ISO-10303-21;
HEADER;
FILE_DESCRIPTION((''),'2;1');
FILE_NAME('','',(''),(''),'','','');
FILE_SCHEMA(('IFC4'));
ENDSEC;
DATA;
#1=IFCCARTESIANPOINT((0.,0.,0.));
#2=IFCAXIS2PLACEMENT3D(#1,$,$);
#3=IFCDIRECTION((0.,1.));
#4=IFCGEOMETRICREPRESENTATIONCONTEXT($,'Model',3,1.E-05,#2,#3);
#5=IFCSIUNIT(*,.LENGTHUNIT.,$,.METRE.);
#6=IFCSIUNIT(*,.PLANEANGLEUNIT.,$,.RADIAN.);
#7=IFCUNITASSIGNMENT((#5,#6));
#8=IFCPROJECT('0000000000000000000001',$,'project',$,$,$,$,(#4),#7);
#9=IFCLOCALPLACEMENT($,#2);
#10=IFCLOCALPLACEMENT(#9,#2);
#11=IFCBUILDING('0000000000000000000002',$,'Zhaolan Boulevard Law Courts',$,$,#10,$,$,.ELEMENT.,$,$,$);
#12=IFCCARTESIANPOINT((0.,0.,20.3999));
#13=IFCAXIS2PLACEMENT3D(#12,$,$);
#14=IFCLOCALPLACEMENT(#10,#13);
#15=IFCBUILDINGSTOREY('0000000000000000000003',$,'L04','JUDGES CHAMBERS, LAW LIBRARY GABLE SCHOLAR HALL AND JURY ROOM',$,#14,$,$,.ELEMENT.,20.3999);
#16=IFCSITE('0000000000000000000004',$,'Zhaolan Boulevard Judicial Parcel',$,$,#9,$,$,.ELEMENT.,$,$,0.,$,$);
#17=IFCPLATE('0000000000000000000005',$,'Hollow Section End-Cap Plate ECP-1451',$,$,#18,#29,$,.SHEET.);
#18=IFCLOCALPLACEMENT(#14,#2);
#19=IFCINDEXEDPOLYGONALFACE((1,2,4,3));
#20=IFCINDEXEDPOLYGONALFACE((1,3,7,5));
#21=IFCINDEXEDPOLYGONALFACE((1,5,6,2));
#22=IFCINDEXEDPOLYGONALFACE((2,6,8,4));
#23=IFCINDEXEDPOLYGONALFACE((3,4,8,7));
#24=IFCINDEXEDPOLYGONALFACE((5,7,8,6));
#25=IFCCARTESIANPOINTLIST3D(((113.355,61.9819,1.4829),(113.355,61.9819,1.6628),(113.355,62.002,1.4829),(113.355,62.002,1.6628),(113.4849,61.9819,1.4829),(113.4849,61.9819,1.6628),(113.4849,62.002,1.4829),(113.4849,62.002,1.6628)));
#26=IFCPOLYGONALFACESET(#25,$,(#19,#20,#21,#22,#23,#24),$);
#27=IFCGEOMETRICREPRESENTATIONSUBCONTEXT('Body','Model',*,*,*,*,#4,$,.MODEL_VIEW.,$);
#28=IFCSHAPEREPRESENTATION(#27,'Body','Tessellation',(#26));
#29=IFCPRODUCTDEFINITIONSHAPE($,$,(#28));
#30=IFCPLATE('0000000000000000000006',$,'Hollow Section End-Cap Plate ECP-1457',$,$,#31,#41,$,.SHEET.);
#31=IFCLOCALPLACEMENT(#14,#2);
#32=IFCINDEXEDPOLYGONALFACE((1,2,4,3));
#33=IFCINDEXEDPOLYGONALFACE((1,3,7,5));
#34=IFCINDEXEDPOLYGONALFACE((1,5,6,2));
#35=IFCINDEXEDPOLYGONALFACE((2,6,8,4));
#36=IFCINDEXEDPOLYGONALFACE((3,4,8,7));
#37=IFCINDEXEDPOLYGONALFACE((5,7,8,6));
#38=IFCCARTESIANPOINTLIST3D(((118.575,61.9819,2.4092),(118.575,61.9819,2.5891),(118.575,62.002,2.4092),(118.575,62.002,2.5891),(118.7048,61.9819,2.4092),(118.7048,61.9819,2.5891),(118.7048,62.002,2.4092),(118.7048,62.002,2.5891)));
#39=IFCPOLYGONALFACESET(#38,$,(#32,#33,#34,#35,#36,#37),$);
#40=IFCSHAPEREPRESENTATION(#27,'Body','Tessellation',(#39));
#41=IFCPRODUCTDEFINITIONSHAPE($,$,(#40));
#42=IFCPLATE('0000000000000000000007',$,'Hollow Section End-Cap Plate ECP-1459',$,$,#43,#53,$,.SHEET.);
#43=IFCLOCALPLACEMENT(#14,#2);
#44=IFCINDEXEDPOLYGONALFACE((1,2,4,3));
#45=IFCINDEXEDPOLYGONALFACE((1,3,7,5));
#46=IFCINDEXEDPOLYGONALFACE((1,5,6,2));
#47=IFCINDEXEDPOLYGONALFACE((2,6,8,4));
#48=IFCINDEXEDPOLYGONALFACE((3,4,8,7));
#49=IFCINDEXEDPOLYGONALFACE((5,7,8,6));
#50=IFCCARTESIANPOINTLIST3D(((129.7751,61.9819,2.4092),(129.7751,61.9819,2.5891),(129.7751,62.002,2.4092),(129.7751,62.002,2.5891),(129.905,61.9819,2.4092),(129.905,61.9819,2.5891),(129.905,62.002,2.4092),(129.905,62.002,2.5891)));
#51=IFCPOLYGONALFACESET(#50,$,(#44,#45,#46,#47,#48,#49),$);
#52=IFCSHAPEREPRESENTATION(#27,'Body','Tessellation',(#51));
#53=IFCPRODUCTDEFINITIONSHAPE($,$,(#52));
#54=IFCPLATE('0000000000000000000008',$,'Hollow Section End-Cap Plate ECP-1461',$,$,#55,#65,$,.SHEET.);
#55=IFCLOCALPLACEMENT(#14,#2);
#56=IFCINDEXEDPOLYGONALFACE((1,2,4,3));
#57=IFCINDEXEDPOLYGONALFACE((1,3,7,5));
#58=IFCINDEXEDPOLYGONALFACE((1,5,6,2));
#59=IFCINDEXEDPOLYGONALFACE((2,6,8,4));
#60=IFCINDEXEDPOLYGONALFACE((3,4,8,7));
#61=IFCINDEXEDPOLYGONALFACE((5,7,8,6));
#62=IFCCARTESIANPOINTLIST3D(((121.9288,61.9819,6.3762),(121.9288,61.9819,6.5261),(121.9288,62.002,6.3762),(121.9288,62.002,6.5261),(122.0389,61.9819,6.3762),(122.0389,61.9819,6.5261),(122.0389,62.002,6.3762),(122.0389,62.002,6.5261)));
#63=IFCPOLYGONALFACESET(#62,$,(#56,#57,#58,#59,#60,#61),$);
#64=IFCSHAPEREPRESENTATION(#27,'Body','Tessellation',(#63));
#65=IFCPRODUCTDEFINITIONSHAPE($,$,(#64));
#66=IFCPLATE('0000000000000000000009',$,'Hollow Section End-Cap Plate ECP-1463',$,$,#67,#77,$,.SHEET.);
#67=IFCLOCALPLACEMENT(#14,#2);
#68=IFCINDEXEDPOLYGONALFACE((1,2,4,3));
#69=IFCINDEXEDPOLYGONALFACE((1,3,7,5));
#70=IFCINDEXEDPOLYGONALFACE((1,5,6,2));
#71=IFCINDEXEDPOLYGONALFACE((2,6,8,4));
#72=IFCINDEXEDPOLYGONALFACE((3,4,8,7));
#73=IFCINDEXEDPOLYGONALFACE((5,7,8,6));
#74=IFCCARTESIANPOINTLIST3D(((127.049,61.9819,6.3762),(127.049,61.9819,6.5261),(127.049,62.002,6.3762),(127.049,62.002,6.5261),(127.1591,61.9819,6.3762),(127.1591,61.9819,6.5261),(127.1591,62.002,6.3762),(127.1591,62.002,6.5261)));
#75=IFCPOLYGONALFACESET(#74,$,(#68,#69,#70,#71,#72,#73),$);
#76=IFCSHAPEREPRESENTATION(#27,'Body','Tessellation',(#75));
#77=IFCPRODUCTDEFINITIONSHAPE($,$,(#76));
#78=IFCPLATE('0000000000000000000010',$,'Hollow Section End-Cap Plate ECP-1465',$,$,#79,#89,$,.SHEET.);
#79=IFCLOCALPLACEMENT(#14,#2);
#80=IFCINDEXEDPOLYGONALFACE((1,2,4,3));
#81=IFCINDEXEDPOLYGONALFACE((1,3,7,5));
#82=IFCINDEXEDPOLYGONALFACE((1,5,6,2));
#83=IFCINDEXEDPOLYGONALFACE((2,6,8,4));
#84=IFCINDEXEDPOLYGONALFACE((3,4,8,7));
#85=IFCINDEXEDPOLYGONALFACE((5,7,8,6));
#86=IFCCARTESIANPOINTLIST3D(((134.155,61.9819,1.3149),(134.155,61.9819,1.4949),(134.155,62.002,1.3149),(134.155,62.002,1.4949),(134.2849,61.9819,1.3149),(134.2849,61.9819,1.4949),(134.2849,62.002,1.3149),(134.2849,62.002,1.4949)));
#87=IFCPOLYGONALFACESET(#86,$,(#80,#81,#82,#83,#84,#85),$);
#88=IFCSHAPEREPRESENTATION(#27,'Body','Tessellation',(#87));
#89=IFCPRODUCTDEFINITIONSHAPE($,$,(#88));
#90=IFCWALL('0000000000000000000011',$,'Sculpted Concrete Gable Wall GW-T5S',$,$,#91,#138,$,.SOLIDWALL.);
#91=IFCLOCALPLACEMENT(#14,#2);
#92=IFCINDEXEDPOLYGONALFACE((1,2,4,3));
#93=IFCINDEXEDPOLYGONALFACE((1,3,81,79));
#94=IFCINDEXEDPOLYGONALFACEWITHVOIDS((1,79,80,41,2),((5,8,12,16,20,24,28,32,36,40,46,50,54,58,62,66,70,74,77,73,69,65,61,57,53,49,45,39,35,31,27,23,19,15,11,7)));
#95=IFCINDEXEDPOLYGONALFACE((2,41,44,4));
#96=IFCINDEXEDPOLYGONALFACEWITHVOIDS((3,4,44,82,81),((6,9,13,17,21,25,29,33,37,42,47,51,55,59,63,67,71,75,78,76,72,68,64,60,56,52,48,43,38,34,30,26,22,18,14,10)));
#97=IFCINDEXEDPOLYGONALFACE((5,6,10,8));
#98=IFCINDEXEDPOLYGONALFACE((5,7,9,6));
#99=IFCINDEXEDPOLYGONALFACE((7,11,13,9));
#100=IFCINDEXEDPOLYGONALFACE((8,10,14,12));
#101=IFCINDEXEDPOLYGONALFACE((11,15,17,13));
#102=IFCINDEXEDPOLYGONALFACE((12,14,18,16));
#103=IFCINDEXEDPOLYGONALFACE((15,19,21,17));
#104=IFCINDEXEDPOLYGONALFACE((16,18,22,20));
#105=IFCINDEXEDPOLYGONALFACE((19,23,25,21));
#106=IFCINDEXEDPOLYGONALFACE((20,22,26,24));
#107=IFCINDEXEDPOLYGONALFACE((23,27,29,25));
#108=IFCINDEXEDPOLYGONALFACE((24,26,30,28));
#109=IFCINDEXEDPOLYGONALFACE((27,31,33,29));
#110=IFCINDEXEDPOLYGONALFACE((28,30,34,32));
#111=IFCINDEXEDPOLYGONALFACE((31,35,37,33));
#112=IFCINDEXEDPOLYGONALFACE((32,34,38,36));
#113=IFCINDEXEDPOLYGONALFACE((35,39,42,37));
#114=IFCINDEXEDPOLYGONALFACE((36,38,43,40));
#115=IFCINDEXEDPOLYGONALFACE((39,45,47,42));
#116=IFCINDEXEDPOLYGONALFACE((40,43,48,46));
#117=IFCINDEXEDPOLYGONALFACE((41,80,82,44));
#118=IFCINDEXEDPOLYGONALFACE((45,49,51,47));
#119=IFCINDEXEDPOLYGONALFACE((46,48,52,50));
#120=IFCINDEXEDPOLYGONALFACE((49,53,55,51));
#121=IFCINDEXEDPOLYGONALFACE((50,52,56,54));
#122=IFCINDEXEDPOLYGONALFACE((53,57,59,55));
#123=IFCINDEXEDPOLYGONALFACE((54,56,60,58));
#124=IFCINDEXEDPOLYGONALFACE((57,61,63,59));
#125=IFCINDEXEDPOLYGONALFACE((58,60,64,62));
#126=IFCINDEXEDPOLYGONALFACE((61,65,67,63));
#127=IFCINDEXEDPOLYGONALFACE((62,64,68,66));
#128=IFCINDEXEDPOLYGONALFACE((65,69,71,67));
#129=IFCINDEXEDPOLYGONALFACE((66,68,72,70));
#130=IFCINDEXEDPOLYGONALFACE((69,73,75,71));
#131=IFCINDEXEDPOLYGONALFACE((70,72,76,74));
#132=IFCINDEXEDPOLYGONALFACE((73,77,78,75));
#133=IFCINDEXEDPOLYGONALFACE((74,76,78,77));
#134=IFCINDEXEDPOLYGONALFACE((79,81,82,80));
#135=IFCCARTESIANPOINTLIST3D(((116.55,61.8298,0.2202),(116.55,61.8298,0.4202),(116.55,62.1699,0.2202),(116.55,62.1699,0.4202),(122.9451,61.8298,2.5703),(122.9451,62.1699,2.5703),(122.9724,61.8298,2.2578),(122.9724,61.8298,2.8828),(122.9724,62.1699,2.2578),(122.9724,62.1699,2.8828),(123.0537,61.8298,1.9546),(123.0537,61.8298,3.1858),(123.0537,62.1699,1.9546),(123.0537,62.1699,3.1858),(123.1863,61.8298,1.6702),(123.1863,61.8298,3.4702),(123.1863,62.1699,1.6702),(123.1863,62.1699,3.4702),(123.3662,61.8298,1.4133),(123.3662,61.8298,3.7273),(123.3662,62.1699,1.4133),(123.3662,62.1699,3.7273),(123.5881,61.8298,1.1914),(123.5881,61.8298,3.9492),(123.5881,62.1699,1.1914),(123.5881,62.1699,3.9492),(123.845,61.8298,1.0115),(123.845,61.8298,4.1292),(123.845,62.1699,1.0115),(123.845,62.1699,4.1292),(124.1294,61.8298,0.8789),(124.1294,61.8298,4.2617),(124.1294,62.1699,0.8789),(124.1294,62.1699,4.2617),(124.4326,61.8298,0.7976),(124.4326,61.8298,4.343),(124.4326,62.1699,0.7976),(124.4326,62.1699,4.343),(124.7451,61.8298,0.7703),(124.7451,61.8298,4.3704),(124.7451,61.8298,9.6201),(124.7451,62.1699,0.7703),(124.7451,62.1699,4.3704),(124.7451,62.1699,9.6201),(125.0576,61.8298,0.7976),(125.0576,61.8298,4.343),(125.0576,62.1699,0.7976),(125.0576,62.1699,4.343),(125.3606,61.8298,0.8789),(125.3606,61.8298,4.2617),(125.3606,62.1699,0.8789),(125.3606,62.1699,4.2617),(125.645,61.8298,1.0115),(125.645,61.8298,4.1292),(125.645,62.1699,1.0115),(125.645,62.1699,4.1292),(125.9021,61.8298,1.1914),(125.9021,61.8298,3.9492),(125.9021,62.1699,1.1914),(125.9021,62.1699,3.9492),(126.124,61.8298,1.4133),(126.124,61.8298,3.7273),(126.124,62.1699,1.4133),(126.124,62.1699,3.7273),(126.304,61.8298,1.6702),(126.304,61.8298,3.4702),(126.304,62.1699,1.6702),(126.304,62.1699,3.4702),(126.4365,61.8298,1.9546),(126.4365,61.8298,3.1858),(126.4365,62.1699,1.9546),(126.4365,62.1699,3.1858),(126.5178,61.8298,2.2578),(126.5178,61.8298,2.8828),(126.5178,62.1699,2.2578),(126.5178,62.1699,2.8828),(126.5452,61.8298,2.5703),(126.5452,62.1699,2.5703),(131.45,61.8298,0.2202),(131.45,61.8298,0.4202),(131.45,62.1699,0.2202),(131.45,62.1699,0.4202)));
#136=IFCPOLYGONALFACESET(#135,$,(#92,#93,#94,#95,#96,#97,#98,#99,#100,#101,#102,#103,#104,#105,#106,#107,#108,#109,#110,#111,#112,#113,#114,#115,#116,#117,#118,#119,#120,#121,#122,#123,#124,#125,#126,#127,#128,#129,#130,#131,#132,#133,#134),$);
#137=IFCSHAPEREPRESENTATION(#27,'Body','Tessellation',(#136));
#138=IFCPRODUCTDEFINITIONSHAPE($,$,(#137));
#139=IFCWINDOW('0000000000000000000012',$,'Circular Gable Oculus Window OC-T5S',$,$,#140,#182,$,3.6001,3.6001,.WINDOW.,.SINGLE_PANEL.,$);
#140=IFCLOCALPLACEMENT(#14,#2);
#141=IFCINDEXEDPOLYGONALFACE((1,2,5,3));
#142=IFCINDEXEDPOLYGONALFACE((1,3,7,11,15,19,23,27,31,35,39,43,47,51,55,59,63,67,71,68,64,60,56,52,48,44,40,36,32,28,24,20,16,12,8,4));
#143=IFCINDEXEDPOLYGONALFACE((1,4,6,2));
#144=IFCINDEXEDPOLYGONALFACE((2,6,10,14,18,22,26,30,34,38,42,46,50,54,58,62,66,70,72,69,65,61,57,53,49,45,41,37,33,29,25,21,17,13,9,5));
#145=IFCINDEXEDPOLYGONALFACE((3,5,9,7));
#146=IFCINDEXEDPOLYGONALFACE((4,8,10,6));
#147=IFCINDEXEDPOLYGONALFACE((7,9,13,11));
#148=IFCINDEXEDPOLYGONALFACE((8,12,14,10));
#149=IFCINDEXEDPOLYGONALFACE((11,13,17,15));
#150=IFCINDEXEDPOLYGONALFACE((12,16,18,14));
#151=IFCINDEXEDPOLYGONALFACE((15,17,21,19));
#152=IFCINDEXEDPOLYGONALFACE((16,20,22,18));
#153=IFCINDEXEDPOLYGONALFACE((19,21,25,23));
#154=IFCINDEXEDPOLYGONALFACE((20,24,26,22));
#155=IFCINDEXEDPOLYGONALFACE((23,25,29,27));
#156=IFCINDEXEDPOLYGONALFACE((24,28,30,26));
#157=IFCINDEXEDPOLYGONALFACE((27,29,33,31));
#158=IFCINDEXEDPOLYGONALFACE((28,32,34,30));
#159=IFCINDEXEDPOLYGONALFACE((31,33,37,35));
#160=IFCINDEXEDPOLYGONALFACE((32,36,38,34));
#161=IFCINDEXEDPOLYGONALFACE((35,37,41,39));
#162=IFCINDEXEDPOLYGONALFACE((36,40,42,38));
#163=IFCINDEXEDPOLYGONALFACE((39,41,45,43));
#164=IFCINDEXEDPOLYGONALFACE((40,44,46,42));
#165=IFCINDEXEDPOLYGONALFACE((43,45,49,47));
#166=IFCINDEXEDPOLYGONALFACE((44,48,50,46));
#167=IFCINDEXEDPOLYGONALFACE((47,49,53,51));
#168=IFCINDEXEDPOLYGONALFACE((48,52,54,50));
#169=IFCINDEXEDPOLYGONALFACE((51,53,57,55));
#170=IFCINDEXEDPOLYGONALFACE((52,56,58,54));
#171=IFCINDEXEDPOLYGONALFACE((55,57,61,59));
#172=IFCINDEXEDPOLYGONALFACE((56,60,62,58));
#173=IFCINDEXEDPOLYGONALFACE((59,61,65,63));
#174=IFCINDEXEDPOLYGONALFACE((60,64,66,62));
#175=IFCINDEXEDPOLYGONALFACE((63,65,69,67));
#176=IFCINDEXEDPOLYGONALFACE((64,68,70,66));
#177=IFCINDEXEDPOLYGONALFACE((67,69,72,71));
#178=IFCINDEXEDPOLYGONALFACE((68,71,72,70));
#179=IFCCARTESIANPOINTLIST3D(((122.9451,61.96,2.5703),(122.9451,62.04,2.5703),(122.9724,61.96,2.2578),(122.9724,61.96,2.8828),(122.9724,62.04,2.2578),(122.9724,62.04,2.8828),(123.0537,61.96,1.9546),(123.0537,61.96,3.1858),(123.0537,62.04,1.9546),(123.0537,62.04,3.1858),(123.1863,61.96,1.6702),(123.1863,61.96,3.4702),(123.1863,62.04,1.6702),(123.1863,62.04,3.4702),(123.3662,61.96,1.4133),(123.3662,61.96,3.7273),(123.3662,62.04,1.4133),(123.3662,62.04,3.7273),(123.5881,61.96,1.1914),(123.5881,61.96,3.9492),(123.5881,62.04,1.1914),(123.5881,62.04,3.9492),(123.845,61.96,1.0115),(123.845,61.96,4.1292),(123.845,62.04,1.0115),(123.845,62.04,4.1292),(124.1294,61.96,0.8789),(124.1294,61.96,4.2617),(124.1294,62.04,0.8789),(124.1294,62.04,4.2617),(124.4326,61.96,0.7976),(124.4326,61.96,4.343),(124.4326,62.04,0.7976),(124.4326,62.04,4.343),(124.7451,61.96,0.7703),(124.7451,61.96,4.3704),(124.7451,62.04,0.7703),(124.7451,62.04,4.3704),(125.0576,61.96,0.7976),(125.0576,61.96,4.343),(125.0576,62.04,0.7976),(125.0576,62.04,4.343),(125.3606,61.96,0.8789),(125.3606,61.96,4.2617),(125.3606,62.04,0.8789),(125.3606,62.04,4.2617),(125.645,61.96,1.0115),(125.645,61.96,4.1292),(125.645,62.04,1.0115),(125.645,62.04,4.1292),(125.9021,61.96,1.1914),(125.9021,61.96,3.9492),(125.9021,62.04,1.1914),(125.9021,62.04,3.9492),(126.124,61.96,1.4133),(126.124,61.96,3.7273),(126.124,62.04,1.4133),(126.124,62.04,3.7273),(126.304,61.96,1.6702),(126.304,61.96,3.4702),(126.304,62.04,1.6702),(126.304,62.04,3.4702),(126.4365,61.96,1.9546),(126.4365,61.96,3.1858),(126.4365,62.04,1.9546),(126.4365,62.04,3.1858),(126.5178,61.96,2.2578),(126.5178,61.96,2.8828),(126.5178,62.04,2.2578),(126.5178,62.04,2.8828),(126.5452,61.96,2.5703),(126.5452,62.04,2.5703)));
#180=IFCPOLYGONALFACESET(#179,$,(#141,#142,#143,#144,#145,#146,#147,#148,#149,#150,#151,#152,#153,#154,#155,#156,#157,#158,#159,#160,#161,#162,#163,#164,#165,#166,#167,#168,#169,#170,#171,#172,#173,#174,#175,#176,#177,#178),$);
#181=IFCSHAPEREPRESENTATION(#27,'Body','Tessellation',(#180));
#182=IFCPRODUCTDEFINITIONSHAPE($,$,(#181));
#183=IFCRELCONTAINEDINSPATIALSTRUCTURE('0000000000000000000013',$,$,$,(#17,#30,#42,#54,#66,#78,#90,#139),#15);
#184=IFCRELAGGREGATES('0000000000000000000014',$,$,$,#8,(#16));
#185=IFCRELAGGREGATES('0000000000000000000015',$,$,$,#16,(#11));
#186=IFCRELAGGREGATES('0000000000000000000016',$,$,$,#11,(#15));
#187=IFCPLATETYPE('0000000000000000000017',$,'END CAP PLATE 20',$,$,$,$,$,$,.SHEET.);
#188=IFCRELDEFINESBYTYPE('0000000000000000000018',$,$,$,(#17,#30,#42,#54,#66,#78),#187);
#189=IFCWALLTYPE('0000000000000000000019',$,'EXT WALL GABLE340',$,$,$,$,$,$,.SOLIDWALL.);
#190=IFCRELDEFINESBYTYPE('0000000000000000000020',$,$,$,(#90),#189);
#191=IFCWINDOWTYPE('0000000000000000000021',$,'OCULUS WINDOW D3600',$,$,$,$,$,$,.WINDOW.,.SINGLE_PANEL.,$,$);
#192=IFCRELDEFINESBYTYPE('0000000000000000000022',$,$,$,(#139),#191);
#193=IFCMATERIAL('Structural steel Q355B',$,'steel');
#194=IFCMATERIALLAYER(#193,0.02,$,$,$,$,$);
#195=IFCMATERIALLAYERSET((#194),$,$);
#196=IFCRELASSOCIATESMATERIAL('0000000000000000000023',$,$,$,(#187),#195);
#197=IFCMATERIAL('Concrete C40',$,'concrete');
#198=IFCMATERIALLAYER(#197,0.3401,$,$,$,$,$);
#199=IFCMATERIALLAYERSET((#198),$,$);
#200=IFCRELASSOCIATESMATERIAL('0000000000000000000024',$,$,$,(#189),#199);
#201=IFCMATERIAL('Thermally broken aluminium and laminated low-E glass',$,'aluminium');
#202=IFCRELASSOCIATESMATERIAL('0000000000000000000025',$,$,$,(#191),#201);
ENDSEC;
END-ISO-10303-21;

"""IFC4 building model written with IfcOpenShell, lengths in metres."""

from ifc_helpers import new_model, si_unit, direction, frame, origin, origin_2d, place, context, subcontext, project, spatial, polyline, rectangle, outline, extrude, material, layer, layer_set, type_object, element, fill, save


model = new_model("IFC4")

# Units and contexts
model_context = context("Model", 3, precision=1e-05, world=origin(), true_north=direction((0.0, 1.0)))
body_context = subcontext(model_context, "Body", "Model", "MODEL_VIEW")
ifc_project = project(units=[si_unit("LENGTHUNIT", "METRE"), si_unit("PLANEANGLEUNIT", "RADIAN")], contexts=[model_context])

# Site, building, storey
site_placement = place(None, origin())
site = spatial("IfcSite", under=ifc_project, at=site_placement, Name="Zhaolan Boulevard Judicial Parcel", CompositionType="ELEMENT", RefElevation=0.0)
building_placement = place(site_placement, origin())
building = spatial("IfcBuilding", under=site, at=building_placement, Name="Zhaolan Boulevard Law Courts", CompositionType="ELEMENT")
storey_placement = place(building_placement, frame((0.0, 0.0, 20.3999)))
storey = spatial("IfcBuildingStorey", under=building, at=storey_placement, Name="L04", Description="JUDGES CHAMBERS, LAW LIBRARY GABLE SCHOLAR HALL AND JURY ROOM", CompositionType="ELEMENT", Elevation=20.3999)

# Plates
ifc_material_1 = material(Name="Structural steel Q355B", Category="steel")
ifc_layer_1 = layer(ifc_material_1, 0.02)
ifc_layer_set_1 = layer_set([ifc_layer_1])
plate_type = type_object("IfcPlateType", Name="END CAP PLATE 20", PredefinedType="SHEET", material=ifc_layer_set_1)
for number, where, z_axis, x_axis, name in (
    (1, (113.4199, 61.9919, 1.4829), (0.0, 0.0, 1.0), (0.0, 1.0, 0.0), "Hollow Section End-Cap Plate ECP-1451"),
    (2, (118.6399, 61.9919, 2.4092), (0.0, 0.0, 1.0), (0.0, 1.0, 0.0), "Hollow Section End-Cap Plate ECP-1457"),
    (3, (129.8401, 61.9919, 2.4092), (0.0, 0.0, 1.0), (0.0, 1.0, 0.0), "Hollow Section End-Cap Plate ECP-1459"),
):
    element("IfcPlate", number, at=place(storey_placement, frame(where, z_axis=z_axis, x_axis=x_axis)), inside=storey, type_object=plate_type, Name=name, PredefinedType="SHEET", context=body_context, shape_type="SweptSolid", body=[
        extrude(rectangle(XDim=0.02, YDim=0.1299, at=origin_2d()), origin(), (0.0, 0.0, 1.0), 0.1799),
    ])
for number, where, z_axis, x_axis, name in (
    (4, (121.9839, 61.9919, 6.3762), (0.0, 0.0, 1.0), (0.0, 1.0, 0.0), "Hollow Section End-Cap Plate ECP-1461"),
    (5, (127.104, 61.9919, 6.3762), (0.0, 0.0, 1.0), (0.0, 1.0, 0.0), "Hollow Section End-Cap Plate ECP-1463"),
):
    element("IfcPlate", number, at=place(storey_placement, frame(where, z_axis=z_axis, x_axis=x_axis)), inside=storey, type_object=plate_type, Name=name, PredefinedType="SHEET", context=body_context, shape_type="SweptSolid", body=[
        extrude(rectangle(XDim=0.02, YDim=0.1101, at=origin_2d()), origin(), (0.0, 0.0, 1.0), 0.1499),
    ])
plate_placement = place(storey_placement, frame((134.22, 61.9919, 1.3149), z_axis=(0.0, 0.0, 1.0), x_axis=(0.0, 1.0, 0.0)))
element("IfcPlate", 6, at=plate_placement, inside=storey, type_object=plate_type, Name="Hollow Section End-Cap Plate ECP-1465", PredefinedType="SHEET", context=body_context, shape_type="SweptSolid", body=[
    extrude(rectangle(XDim=0.02, YDim=0.1299, at=origin_2d()), origin(), (0.0, 0.0, 1.0), 0.1799),
])

# Wall, opening, window
ifc_material_2 = material(Name="Concrete C40", Category="concrete")
ifc_layer_2 = layer(ifc_material_2, 0.3401)
ifc_layer_set_2 = layer_set([ifc_layer_2])
wall_type = type_object("IfcWallType", Name="EXT WALL GABLE340", PredefinedType="SOLIDWALL", material=ifc_layer_set_2)
wall_1_placement = place(storey_placement, frame((116.55, 62.0, 0.2202), z_axis=(0.0, 0.0, 1.0), x_axis=(1.0, 0.0, 0.0)))
wall_1 = element("IfcWall", 7, at=wall_1_placement, inside=storey, type_object=wall_type, Name="Sculpted Concrete Gable Wall GW-T5S", PredefinedType="SOLIDWALL", context=body_context, shape_type="SweptSolid", body=[
    extrude(outline(polyline([(0.0, 0.0), (14.8999, 0.0), (14.8999, 0.2), (8.1951, 9.3999), (0.0, 0.2), (0.0, 0.0)])), frame((0.0, 0.1699, 0.0), z_axis=(0.0, -1.0, 0.0), x_axis=(1.0, 0.0, 0.0)), (0.0, 0.0, 1.0), 0.3401),
])
opening_1_placement = place(wall_1_placement, frame((6.395, 0.0, 0.55)))
opening_1 = element("IfcOpeningElement", 8, at=opening_1_placement, cuts=wall_1, PredefinedType="OPENING", context=body_context, shape_type="SweptSolid", body=[
    extrude(outline(polyline([(3.6001, 1.8), (3.5728, 2.1125), (3.4915, 2.4155), (3.3589, 2.7), (3.179, 2.957), (2.957, 3.179), (2.7, 3.3589), (2.4155, 3.4915), (2.1125, 3.5728), (1.8, 3.6001), (1.4875, 3.5728), (1.1843, 3.4915), (0.8999, 3.3589), (0.6431, 3.179), (0.4211, 2.957), (0.2412, 2.7), (0.1086, 2.4155), (0.0273, 2.1125), (0.0, 1.8), (0.0273, 1.4875), (0.1086, 1.1843), (0.2412, 0.8999), (0.4211, 0.6431), (0.6431, 0.4211), (0.8999, 0.2412), (1.1843, 0.1086), (1.4875, 0.0273), (1.8, 0.0), (2.1125, 0.0273), (2.4155, 0.1086), (2.7, 0.2412), (2.957, 0.4211), (3.179, 0.6431), (3.3589, 0.8999), (3.4915, 1.1843), (3.5728, 1.4875), (3.6001, 1.8)])), frame((0.0, 0.1799, 0.0), z_axis=(0.0, -1.0, 0.0), x_axis=(1.0, 0.0, 0.0)), (0.0, 0.0, 1.0), 0.3601),
])
ifc_material_3 = material(Name="Thermally broken aluminium and laminated low-E glass", Category="aluminium")
window_type_1 = type_object("IfcWindowType", Name="OCULUS WINDOW D3600", PartitioningType="SINGLE_PANEL", PredefinedType="WINDOW", material=ifc_material_3)
window_1_placement = place(opening_1_placement, origin())
window_1 = element("IfcWindow", 9, at=window_1_placement, inside=storey, type_object=window_type_1, Name="Circular Gable Oculus Window OC-T5S", OverallHeight=3.6001, OverallWidth=3.6001, PartitioningType="SINGLE_PANEL", PredefinedType="WINDOW", context=body_context, shape_type="SweptSolid", body=[
    extrude(outline(polyline([(3.6001, 1.8), (3.5728, 2.1125), (3.4915, 2.4155), (3.3589, 2.7), (3.179, 2.957), (2.957, 3.179), (2.7, 3.3589), (2.4155, 3.4915), (2.1125, 3.5728), (1.8, 3.6001), (1.4875, 3.5728), (1.1843, 3.4915), (0.8999, 3.3589), (0.6431, 3.179), (0.4211, 2.957), (0.2412, 2.7), (0.1086, 2.4155), (0.0273, 2.1125), (0.0, 1.8), (0.0273, 1.4875), (0.1086, 1.1843), (0.2412, 0.8999), (0.4211, 0.6431), (0.6431, 0.4211), (0.8999, 0.2412), (1.1843, 0.1086), (1.4875, 0.0273), (1.8, 0.0), (2.1125, 0.0273), (2.4155, 0.1086), (2.7, 0.2412), (2.957, 0.4211), (3.179, 0.6431), (3.3589, 0.8999), (3.4915, 1.1843), (3.5728, 1.4875), (3.6001, 1.8)])), frame((0.0, 0.04, 0.0), z_axis=(0.0, -1.0, 0.0), x_axis=(1.0, 0.0, 0.0)), (0.0, 0.0, 1.0), 0.0801),
])
fill(opening_1, window_1)

save(model, "model.ifc")
